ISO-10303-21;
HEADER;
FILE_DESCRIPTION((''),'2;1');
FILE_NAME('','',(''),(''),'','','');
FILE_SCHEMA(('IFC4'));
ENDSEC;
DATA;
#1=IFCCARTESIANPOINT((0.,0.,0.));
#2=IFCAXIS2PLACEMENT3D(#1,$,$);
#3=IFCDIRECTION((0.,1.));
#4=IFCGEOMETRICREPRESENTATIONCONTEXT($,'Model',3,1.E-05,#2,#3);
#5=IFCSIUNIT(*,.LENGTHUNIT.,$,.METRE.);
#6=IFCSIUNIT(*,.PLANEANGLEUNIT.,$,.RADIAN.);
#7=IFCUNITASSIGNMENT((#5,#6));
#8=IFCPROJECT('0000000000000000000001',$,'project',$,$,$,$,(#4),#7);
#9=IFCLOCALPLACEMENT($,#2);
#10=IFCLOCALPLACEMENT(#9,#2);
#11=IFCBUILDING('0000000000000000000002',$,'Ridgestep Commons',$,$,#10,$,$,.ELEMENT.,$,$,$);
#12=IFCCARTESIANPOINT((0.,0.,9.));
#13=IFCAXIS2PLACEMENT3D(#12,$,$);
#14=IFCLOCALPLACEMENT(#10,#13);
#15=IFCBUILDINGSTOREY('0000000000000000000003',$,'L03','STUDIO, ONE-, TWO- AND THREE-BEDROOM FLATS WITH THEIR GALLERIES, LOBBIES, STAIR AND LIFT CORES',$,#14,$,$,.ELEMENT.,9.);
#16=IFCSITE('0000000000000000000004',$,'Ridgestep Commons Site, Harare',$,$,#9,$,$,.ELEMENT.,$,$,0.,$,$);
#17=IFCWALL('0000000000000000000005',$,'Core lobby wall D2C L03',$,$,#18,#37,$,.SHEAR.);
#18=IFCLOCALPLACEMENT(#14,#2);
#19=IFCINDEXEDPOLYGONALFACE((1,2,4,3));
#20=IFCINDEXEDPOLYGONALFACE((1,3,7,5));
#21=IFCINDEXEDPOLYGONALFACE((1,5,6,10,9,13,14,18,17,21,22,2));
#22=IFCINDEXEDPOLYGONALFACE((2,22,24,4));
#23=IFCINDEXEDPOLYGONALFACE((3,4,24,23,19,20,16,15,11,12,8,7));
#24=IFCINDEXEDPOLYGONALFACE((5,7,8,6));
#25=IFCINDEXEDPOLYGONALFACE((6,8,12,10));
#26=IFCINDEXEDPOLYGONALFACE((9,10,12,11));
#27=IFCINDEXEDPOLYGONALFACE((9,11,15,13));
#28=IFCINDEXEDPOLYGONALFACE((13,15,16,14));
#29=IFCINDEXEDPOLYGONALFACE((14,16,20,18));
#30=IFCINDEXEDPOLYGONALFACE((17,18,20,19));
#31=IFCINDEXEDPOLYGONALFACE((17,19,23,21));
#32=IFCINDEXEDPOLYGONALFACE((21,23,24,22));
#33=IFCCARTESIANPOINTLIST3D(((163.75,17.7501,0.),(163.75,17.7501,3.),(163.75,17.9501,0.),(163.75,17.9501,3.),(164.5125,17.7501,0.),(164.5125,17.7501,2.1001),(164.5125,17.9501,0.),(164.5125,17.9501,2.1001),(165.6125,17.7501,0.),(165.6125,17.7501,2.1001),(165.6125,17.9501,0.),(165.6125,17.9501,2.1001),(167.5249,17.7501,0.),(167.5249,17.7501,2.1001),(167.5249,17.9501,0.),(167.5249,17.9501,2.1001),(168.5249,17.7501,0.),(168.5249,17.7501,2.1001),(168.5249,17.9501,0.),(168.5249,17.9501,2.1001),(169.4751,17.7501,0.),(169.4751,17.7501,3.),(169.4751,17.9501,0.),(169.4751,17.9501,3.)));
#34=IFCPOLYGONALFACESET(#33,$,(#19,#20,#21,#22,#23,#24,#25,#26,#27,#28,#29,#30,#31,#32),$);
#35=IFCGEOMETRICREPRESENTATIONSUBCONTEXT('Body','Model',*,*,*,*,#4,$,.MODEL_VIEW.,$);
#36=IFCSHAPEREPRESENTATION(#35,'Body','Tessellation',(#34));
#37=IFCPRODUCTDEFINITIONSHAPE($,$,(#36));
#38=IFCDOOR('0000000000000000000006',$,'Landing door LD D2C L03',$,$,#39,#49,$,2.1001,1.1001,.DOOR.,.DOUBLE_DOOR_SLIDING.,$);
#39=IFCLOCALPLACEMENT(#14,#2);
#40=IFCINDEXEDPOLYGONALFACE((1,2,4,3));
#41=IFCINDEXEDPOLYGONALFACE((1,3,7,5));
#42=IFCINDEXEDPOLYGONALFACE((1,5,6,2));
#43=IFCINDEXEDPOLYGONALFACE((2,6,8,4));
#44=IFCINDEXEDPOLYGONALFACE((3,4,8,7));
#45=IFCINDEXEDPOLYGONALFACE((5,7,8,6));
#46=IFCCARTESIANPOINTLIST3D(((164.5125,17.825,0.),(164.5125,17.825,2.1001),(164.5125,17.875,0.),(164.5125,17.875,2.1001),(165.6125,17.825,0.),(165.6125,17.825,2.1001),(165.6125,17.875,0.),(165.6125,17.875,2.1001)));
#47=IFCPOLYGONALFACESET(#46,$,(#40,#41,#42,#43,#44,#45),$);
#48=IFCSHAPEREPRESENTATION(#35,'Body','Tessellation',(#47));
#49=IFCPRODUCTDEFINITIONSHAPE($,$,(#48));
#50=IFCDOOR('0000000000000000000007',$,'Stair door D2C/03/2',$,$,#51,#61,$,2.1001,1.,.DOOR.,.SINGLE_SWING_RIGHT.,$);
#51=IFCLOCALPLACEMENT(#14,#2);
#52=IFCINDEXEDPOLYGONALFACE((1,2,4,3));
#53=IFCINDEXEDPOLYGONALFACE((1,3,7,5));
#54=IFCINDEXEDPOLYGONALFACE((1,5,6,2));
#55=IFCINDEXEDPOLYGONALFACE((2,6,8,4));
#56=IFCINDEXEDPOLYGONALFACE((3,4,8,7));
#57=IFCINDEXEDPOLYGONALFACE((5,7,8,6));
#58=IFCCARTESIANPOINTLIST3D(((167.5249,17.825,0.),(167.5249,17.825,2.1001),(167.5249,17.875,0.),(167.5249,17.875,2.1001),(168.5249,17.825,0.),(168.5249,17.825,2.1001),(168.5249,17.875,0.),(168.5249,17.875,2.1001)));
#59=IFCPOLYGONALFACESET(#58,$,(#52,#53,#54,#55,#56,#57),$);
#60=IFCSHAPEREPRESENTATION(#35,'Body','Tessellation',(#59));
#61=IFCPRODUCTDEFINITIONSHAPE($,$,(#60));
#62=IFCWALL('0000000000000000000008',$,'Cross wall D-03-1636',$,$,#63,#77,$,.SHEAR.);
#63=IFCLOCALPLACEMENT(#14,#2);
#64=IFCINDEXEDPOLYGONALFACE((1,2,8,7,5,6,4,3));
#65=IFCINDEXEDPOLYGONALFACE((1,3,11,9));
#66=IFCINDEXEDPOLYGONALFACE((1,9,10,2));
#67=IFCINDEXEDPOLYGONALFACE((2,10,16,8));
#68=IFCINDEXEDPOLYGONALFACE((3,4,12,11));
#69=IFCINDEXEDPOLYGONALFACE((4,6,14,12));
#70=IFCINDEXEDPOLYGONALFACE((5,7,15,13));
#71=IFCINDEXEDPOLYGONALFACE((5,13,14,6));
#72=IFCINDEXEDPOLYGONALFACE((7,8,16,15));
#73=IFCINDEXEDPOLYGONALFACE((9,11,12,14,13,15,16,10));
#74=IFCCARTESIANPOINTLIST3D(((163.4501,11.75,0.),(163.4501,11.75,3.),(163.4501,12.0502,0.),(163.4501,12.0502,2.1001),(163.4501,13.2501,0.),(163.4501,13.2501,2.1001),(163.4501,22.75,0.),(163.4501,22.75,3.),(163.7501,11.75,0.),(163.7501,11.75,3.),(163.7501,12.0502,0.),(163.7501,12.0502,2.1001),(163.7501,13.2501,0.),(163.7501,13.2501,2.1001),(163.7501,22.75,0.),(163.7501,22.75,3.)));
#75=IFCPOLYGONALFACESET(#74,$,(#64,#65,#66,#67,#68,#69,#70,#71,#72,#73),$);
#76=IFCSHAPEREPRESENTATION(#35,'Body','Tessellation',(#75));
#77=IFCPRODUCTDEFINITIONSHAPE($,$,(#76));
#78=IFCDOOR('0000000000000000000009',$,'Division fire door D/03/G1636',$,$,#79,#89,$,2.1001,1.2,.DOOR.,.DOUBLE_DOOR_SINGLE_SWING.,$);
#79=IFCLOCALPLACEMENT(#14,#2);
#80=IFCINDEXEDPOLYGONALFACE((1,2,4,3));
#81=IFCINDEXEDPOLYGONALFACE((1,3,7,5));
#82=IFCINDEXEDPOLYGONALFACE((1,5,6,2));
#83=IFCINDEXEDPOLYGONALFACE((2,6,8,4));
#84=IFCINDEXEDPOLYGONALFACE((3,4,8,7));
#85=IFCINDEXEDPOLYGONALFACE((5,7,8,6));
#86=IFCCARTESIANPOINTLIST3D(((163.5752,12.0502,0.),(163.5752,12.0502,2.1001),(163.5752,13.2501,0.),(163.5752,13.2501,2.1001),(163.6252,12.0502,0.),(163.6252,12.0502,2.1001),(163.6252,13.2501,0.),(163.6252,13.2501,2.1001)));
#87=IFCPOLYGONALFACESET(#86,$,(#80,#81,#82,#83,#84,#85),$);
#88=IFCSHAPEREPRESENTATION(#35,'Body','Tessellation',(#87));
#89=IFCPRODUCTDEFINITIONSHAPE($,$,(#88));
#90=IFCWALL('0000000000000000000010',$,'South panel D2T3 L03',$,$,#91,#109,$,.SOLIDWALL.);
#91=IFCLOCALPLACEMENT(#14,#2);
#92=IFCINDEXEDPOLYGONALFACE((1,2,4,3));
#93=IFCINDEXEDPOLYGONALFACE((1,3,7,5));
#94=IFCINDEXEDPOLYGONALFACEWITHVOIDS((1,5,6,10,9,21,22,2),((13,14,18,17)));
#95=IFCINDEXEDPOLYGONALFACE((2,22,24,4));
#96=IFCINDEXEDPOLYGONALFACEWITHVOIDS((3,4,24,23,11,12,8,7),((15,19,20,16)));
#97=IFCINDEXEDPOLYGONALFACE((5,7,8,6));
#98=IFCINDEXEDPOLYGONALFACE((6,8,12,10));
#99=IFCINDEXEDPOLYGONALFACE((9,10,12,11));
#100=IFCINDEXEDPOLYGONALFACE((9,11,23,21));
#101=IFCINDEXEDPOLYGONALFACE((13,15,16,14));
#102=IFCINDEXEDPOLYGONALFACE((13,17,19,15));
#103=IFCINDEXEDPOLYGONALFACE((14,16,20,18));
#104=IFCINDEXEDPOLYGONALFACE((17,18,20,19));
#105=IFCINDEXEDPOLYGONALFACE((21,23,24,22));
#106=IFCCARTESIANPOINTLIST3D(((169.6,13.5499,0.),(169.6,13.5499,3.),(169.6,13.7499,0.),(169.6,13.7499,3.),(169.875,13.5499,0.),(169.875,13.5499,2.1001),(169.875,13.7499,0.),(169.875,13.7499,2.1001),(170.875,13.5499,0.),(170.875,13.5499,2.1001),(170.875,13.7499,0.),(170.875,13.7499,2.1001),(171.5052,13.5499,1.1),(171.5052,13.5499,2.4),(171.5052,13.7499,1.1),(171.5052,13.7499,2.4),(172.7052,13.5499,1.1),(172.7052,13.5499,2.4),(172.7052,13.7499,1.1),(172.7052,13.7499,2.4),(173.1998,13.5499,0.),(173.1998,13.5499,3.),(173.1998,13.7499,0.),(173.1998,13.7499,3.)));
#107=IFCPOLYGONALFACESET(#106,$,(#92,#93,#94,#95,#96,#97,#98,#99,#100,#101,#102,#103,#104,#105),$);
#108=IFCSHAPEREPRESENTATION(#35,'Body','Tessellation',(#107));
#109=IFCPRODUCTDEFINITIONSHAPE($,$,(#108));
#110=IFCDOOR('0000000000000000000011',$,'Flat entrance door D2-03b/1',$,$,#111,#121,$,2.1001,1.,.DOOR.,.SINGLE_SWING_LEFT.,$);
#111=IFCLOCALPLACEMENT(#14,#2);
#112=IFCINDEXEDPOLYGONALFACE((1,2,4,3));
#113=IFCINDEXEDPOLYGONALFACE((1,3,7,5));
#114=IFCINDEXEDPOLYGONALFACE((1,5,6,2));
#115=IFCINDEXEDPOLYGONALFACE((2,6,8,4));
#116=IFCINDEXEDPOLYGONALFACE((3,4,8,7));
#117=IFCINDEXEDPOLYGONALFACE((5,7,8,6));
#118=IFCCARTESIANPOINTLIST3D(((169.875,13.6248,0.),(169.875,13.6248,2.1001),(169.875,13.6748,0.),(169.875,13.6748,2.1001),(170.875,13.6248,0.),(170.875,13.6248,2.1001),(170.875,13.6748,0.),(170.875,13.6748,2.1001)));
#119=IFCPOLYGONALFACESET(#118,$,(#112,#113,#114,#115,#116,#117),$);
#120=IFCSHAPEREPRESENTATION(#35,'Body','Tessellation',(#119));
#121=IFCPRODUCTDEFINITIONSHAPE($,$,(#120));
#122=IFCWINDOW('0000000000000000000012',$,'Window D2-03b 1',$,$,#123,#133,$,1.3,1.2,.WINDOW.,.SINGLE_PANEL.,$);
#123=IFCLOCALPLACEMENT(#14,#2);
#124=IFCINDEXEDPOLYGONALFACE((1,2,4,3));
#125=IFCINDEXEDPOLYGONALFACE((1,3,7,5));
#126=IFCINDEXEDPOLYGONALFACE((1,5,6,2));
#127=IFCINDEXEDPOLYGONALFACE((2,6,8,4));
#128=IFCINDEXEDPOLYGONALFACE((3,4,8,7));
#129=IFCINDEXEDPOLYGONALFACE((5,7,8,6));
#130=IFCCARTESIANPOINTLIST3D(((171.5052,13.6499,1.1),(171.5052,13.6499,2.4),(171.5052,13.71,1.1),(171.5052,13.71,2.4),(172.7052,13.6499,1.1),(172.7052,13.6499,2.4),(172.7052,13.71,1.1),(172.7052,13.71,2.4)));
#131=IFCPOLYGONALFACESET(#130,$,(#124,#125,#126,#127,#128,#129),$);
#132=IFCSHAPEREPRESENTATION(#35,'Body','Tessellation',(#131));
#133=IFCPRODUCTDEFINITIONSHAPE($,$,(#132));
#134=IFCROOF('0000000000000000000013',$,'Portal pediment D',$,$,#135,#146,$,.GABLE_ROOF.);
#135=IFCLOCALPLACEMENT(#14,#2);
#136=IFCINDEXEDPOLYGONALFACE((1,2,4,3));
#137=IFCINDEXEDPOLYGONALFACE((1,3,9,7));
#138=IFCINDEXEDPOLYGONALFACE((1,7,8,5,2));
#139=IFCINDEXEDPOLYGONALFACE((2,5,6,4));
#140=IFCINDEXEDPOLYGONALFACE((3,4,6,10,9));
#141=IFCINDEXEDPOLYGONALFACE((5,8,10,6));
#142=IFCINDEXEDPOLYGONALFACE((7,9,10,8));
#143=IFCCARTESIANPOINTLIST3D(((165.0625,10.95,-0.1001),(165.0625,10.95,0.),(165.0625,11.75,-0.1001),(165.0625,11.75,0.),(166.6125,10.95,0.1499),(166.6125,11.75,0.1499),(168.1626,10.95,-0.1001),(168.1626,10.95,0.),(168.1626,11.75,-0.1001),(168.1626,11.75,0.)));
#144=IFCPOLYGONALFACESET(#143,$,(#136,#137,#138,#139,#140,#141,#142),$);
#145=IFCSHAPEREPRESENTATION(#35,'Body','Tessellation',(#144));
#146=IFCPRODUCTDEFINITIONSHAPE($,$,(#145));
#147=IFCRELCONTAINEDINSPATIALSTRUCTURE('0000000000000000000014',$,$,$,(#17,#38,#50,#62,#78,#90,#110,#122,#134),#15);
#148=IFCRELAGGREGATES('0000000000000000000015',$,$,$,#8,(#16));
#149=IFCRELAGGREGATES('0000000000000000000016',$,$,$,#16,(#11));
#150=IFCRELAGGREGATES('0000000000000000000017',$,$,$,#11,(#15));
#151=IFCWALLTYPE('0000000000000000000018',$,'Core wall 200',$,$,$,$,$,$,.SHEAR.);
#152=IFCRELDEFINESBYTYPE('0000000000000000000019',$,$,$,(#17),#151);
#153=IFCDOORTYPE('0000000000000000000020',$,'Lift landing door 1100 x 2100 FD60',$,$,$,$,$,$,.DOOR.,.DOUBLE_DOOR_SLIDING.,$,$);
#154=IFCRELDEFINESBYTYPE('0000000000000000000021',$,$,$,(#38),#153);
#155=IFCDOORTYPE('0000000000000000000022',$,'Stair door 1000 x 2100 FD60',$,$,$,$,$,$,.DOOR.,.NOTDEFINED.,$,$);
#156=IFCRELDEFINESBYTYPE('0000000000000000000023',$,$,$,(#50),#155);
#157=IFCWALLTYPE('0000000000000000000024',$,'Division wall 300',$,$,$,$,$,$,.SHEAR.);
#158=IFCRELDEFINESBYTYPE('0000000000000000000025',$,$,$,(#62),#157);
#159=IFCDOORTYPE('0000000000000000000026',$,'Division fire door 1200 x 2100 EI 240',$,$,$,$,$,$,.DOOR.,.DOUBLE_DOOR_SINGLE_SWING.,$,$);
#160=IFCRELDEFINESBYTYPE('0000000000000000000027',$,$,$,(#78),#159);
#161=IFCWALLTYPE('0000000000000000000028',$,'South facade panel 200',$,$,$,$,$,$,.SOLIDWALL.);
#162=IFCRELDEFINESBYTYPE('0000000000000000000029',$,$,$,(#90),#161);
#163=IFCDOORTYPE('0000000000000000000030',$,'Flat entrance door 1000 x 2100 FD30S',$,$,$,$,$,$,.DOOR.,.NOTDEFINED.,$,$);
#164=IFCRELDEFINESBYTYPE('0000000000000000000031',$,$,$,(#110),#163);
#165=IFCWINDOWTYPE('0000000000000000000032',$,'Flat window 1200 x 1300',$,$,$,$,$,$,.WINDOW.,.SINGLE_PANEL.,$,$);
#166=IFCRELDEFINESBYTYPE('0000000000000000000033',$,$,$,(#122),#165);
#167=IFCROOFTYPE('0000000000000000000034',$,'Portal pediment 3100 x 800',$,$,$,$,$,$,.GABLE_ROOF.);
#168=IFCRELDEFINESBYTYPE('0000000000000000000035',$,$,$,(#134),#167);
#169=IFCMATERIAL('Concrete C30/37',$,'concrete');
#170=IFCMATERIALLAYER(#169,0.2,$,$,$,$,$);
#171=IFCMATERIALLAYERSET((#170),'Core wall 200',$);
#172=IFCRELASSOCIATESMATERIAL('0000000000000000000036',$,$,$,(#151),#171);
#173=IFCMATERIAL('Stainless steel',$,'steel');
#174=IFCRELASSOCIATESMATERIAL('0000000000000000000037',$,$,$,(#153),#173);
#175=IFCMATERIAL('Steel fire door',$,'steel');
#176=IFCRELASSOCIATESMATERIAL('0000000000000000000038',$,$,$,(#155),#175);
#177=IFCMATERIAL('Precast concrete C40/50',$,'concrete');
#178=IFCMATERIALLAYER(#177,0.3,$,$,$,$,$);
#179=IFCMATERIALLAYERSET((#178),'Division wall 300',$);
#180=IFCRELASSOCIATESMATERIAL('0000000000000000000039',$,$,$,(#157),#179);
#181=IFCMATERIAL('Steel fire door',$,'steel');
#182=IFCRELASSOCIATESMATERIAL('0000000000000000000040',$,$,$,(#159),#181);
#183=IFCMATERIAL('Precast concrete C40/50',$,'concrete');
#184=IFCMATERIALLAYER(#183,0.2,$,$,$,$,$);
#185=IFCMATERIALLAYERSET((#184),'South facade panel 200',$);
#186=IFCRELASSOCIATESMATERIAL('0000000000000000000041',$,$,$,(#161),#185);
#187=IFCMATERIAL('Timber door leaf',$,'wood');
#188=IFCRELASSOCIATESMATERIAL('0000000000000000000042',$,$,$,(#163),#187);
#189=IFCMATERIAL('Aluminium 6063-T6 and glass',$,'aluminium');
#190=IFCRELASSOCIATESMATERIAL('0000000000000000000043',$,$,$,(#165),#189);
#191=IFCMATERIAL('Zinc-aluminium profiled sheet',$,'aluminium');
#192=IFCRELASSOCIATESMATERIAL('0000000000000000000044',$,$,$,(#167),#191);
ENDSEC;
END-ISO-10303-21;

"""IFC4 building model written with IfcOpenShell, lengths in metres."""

from ifc_helpers import new_model, si_unit, direction, frame, frame_2d, origin, place, context, subcontext, project, spatial, polyline, rectangle, outline, extrude, material, layer, layer_set, type_object, element, fill, save


model = new_model("IFC4")

# Units and contexts
model_context = context("Model", 3, precision=1e-05, world=origin(), true_north=direction((0.0, 1.0)))
body_context = subcontext(model_context, "Body", "Model", "MODEL_VIEW")
ifc_project = project(units=[si_unit("LENGTHUNIT", "METRE"), si_unit("PLANEANGLEUNIT", "RADIAN")], contexts=[model_context])

# Site, building, storey
site_placement = place(None, origin())
site = spatial("IfcSite", under=ifc_project, at=site_placement, Name="Ridgestep Commons Site, Harare", CompositionType="ELEMENT", RefElevation=0.0)
building_placement = place(site_placement, origin())
building = spatial("IfcBuilding", under=site, at=building_placement, Name="Ridgestep Commons", CompositionType="ELEMENT")
storey_placement = place(building_placement, frame((0.0, 0.0, 9.0)))
storey = spatial("IfcBuildingStorey", under=building, at=storey_placement, Name="L03", Description="STUDIO, ONE-, TWO- AND THREE-BEDROOM FLATS WITH THEIR GALLERIES, LOBBIES, STAIR AND LIFT CORES", CompositionType="ELEMENT", Elevation=9.0)

# Wall, openings, doors
ifc_material_1 = material(Name="Concrete C30/37", Category="concrete")
ifc_layer_1 = layer(ifc_material_1, 0.2)
ifc_layer_set_1 = layer_set([ifc_layer_1], Name="Core wall 200")
wall_type_1 = type_object("IfcWallType", Name="Core wall 200", PredefinedType="SHEAR", material=ifc_layer_set_1)
wall_1_placement = place(storey_placement, frame((163.75, 17.8501, 0.0), z_axis=(0.0, 0.0, 1.0), x_axis=(1.0, 0.0, 0.0)))
wall_1 = element("IfcWall", 1, at=wall_1_placement, inside=storey, type_object=wall_type_1, Name="Core lobby wall D2C L03", PredefinedType="SHEAR", context=body_context, shape_type="SweptSolid", body=[
    extrude(rectangle(XDim=5.7251, YDim=0.2, at=frame_2d((2.8625, 0.0))), origin(), (0.0, 0.0, 1.0), 3.0),
])
opening_1_placement = place(wall_1_placement, frame((3.7749, 0.0, 0.0)))
opening_1 = element("IfcOpeningElement", 2, at=opening_1_placement, cuts=wall_1, PredefinedType="OPENING", context=body_context, shape_type="SweptSolid", body=[
    extrude(rectangle(XDim=1.0, YDim=2.1001, at=frame_2d((0.5, 1.05))), frame((0.0, 0.1099, 0.0), z_axis=(0.0, -1.0, 0.0), x_axis=(1.0, 0.0, 0.0)), (0.0, 0.0, 1.0), 0.22),
])
opening_2_placement = place(wall_1_placement, frame((0.7625, 0.0, 0.0)))
opening_2 = element("IfcOpeningElement", 3, at=opening_2_placement, cuts=wall_1, PredefinedType="OPENING", context=body_context, shape_type="SweptSolid", body=[
    extrude(rectangle(XDim=1.1001, YDim=2.1001, at=frame_2d((0.55, 1.05))), frame((0.0, 0.1099, 0.0), z_axis=(0.0, -1.0, 0.0), x_axis=(1.0, 0.0, 0.0)), (0.0, 0.0, 1.0), 0.22),
])
ifc_material_2 = material(Name="Stainless steel", Category="steel")
door_type_1 = type_object("IfcDoorType", Name="Lift landing door 1100 x 2100 FD60", OperationType="DOUBLE_DOOR_SLIDING", PredefinedType="DOOR", material=ifc_material_2)
door_1_placement = place(opening_2_placement, origin())
door_1 = element("IfcDoor", 4, at=door_1_placement, inside=storey, type_object=door_type_1, Name="Landing door LD D2C L03", OperationType="DOUBLE_DOOR_SLIDING", OverallHeight=2.1001, OverallWidth=1.1001, PredefinedType="DOOR", context=body_context, shape_type="SweptSolid", body=[
    extrude(rectangle(XDim=1.1001, YDim=2.1001, at=frame_2d((0.55, 1.05))), frame((0.0, 0.0249, 0.0), z_axis=(0.0, -1.0, 0.0), x_axis=(1.0, 0.0, 0.0)), (0.0, 0.0, 1.0), 0.05),
])
fill(opening_2, door_1)
ifc_material_3 = material(Name="Steel fire door", Category="steel")
door_type_2 = type_object("IfcDoorType", Name="Stair door 1000 x 2100 FD60", OperationType="NOTDEFINED", PredefinedType="DOOR", material=ifc_material_3)
door_2_placement = place(opening_1_placement, origin())
door_2 = element("IfcDoor", 5, at=door_2_placement, inside=storey, type_object=door_type_2, Name="Stair door D2C/03/2", OperationType="SINGLE_SWING_RIGHT", OverallHeight=2.1001, OverallWidth=1.0, PredefinedType="DOOR", context=body_context, shape_type="SweptSolid", body=[
    extrude(rectangle(XDim=1.0, YDim=2.1001, at=frame_2d((0.5, 1.05))), frame((0.0, 0.0249, 0.0), z_axis=(0.0, -1.0, 0.0), x_axis=(1.0, 0.0, 0.0)), (0.0, 0.0, 1.0), 0.05),
])
fill(opening_1, door_2)

# Wall, opening, door
ifc_material_4 = material(Name="Precast concrete C40/50", Category="concrete")
ifc_layer_2 = layer(ifc_material_4, 0.3)
ifc_layer_set_2 = layer_set([ifc_layer_2], Name="Division wall 300")
wall_type_2 = type_object("IfcWallType", Name="Division wall 300", PredefinedType="SHEAR", material=ifc_layer_set_2)
wall_2_placement = place(storey_placement, frame((163.6001, 11.75, 0.0), z_axis=(0.0, 0.0, 1.0), x_axis=(0.0, 1.0, 0.0)))
wall_2 = element("IfcWall", 6, at=wall_2_placement, inside=storey, type_object=wall_type_2, Name="Cross wall D-03-1636", PredefinedType="SHEAR", context=body_context, shape_type="SweptSolid", body=[
    extrude(rectangle(XDim=11.0, YDim=0.3, at=frame_2d((5.5, 0.0))), origin(), (0.0, 0.0, 1.0), 3.0),
])
opening_3_placement = place(wall_2_placement, frame((0.3, 0.0, 0.0)))
opening_3 = element("IfcOpeningElement", 7, at=opening_3_placement, cuts=wall_2, PredefinedType="OPENING", context=body_context, shape_type="SweptSolid", body=[
    extrude(rectangle(XDim=1.2, YDim=2.1001, at=frame_2d((0.6001, 1.05))), frame((0.0, 0.1599, 0.0), z_axis=(0.0, -1.0, 0.0), x_axis=(1.0, 0.0, 0.0)), (0.0, 0.0, 1.0), 0.3201),
])
ifc_material_5 = material(Name="Steel fire door", Category="steel")
door_type_3 = type_object("IfcDoorType", Name="Division fire door 1200 x 2100 EI 240", OperationType="DOUBLE_DOOR_SINGLE_SWING", PredefinedType="DOOR", material=ifc_material_5)
door_3_placement = place(opening_3_placement, origin())
door_3 = element("IfcDoor", 8, at=door_3_placement, inside=storey, type_object=door_type_3, Name="Division fire door D/03/G1636", OperationType="DOUBLE_DOOR_SINGLE_SWING", OverallHeight=2.1001, OverallWidth=1.2, PredefinedType="DOOR", context=body_context, shape_type="SweptSolid", body=[
    extrude(rectangle(XDim=1.2, YDim=2.1001, at=frame_2d((0.6001, 1.05))), frame((0.0, 0.0249, 0.0), z_axis=(0.0, -1.0, 0.0), x_axis=(1.0, 0.0, 0.0)), (0.0, 0.0, 1.0), 0.05),
])
fill(opening_3, door_3)

# Wall, openings, door, window
ifc_material_6 = material(Name="Precast concrete C40/50", Category="concrete")
ifc_layer_3 = layer(ifc_material_6, 0.2)
ifc_layer_set_3 = layer_set([ifc_layer_3], Name="South facade panel 200")
wall_type_3 = type_object("IfcWallType", Name="South facade panel 200", PredefinedType="SOLIDWALL", material=ifc_layer_set_3)
wall_3_placement = place(storey_placement, frame((169.6001, 13.6499, 0.0), z_axis=(0.0, 0.0, 1.0), x_axis=(1.0, 0.0, 0.0)))
wall_3 = element("IfcWall", 9, at=wall_3_placement, inside=storey, type_object=wall_type_3, Name="South panel D2T3 L03", PredefinedType="SOLIDWALL", context=body_context, shape_type="SweptSolid", body=[
    extrude(rectangle(XDim=3.5999, YDim=0.2, at=frame_2d((1.7998, 0.0))), origin(), (0.0, 0.0, 1.0), 3.0),
])
opening_4_placement = place(wall_3_placement, frame((1.905, 0.0, 1.1001)))
opening_4 = element("IfcOpeningElement", 10, at=opening_4_placement, cuts=wall_3, PredefinedType="OPENING", context=body_context, shape_type="SweptSolid", body=[
    extrude(rectangle(XDim=1.2, YDim=1.3, at=frame_2d((0.6001, 0.6499))), frame((0.0, 0.1099, 0.0), z_axis=(0.0, -1.0, 0.0), x_axis=(1.0, 0.0, 0.0)), (0.0, 0.0, 1.0), 0.22),
])
opening_5_placement = place(wall_3_placement, frame((0.2749, 0.0, 0.0)))
opening_5 = element("IfcOpeningElement", 11, at=opening_5_placement, cuts=wall_3, PredefinedType="OPENING", context=body_context, shape_type="SweptSolid", body=[
    extrude(rectangle(XDim=1.0, YDim=2.1001, at=frame_2d((0.5, 1.05))), frame((0.0, 0.1099, 0.0), z_axis=(0.0, -1.0, 0.0), x_axis=(1.0, 0.0, 0.0)), (0.0, 0.0, 1.0), 0.22),
])
ifc_material_7 = material(Name="Timber door leaf", Category="wood")
door_type_4 = type_object("IfcDoorType", Name="Flat entrance door 1000 x 2100 FD30S", OperationType="NOTDEFINED", PredefinedType="DOOR", material=ifc_material_7)
door_4_placement = place(opening_5_placement, origin())
door_4 = element("IfcDoor", 12, at=door_4_placement, inside=storey, type_object=door_type_4, Name="Flat entrance door D2-03b/1", OperationType="SINGLE_SWING_LEFT", OverallHeight=2.1001, OverallWidth=1.0, PredefinedType="DOOR", context=body_context, shape_type="SweptSolid", body=[
    extrude(rectangle(XDim=1.0, YDim=2.1001, at=frame_2d((0.5, 1.05))), frame((0.0, 0.0249, 0.0), z_axis=(0.0, -1.0, 0.0), x_axis=(1.0, 0.0, 0.0)), (0.0, 0.0, 1.0), 0.05),
])
fill(opening_5, door_4)
ifc_material_8 = material(Name="Aluminium 6063-T6 and glass", Category="aluminium")
window_type = type_object("IfcWindowType", Name="Flat window 1200 x 1300", PartitioningType="SINGLE_PANEL", PredefinedType="WINDOW", material=ifc_material_8)
window_placement = place(opening_4_placement, origin())
window = element("IfcWindow", 13, at=window_placement, inside=storey, type_object=window_type, Name="Window D2-03b 1", OverallHeight=1.3, OverallWidth=1.2, PartitioningType="SINGLE_PANEL", PredefinedType="WINDOW", context=body_context, shape_type="SweptSolid", body=[
    extrude(rectangle(XDim=1.2, YDim=1.3, at=frame_2d((0.6001, 0.6499))), frame((0.0, 0.0601, 0.0), z_axis=(0.0, -1.0, 0.0), x_axis=(1.0, 0.0, 0.0)), (0.0, 0.0, 1.0), 0.0601),
])
fill(opening_4, window)

# Roof
ifc_material_9 = material(Name="Zinc-aluminium profiled sheet", Category="aluminium")
roof_type = type_object("IfcRoofType", Name="Portal pediment 3100 x 800", PredefinedType="GABLE_ROOF", material=ifc_material_9)
roof_placement = place(storey_placement, frame((165.0625, 11.3501, -0.1001), z_axis=(0.0, 0.0, 1.0), x_axis=(1.0, 0.0, 0.0)))
element("IfcRoof", 14, at=roof_placement, inside=storey, type_object=roof_type, Name="Portal pediment D", PredefinedType="GABLE_ROOF", context=body_context, shape_type="SweptSolid", body=[
    extrude(outline(polyline([(0.0, 0.0), (3.1001, 0.0), (3.1001, 0.1001), (1.55, 0.25), (0.0, 0.1001), (0.0, 0.0)])), frame((0.0, 0.3999, 0.0), z_axis=(0.0, -1.0, 0.0), x_axis=(1.0, 0.0, 0.0)), (0.0, 0.0, 1.0), 0.8),
])

save(model, "model.ifc")
